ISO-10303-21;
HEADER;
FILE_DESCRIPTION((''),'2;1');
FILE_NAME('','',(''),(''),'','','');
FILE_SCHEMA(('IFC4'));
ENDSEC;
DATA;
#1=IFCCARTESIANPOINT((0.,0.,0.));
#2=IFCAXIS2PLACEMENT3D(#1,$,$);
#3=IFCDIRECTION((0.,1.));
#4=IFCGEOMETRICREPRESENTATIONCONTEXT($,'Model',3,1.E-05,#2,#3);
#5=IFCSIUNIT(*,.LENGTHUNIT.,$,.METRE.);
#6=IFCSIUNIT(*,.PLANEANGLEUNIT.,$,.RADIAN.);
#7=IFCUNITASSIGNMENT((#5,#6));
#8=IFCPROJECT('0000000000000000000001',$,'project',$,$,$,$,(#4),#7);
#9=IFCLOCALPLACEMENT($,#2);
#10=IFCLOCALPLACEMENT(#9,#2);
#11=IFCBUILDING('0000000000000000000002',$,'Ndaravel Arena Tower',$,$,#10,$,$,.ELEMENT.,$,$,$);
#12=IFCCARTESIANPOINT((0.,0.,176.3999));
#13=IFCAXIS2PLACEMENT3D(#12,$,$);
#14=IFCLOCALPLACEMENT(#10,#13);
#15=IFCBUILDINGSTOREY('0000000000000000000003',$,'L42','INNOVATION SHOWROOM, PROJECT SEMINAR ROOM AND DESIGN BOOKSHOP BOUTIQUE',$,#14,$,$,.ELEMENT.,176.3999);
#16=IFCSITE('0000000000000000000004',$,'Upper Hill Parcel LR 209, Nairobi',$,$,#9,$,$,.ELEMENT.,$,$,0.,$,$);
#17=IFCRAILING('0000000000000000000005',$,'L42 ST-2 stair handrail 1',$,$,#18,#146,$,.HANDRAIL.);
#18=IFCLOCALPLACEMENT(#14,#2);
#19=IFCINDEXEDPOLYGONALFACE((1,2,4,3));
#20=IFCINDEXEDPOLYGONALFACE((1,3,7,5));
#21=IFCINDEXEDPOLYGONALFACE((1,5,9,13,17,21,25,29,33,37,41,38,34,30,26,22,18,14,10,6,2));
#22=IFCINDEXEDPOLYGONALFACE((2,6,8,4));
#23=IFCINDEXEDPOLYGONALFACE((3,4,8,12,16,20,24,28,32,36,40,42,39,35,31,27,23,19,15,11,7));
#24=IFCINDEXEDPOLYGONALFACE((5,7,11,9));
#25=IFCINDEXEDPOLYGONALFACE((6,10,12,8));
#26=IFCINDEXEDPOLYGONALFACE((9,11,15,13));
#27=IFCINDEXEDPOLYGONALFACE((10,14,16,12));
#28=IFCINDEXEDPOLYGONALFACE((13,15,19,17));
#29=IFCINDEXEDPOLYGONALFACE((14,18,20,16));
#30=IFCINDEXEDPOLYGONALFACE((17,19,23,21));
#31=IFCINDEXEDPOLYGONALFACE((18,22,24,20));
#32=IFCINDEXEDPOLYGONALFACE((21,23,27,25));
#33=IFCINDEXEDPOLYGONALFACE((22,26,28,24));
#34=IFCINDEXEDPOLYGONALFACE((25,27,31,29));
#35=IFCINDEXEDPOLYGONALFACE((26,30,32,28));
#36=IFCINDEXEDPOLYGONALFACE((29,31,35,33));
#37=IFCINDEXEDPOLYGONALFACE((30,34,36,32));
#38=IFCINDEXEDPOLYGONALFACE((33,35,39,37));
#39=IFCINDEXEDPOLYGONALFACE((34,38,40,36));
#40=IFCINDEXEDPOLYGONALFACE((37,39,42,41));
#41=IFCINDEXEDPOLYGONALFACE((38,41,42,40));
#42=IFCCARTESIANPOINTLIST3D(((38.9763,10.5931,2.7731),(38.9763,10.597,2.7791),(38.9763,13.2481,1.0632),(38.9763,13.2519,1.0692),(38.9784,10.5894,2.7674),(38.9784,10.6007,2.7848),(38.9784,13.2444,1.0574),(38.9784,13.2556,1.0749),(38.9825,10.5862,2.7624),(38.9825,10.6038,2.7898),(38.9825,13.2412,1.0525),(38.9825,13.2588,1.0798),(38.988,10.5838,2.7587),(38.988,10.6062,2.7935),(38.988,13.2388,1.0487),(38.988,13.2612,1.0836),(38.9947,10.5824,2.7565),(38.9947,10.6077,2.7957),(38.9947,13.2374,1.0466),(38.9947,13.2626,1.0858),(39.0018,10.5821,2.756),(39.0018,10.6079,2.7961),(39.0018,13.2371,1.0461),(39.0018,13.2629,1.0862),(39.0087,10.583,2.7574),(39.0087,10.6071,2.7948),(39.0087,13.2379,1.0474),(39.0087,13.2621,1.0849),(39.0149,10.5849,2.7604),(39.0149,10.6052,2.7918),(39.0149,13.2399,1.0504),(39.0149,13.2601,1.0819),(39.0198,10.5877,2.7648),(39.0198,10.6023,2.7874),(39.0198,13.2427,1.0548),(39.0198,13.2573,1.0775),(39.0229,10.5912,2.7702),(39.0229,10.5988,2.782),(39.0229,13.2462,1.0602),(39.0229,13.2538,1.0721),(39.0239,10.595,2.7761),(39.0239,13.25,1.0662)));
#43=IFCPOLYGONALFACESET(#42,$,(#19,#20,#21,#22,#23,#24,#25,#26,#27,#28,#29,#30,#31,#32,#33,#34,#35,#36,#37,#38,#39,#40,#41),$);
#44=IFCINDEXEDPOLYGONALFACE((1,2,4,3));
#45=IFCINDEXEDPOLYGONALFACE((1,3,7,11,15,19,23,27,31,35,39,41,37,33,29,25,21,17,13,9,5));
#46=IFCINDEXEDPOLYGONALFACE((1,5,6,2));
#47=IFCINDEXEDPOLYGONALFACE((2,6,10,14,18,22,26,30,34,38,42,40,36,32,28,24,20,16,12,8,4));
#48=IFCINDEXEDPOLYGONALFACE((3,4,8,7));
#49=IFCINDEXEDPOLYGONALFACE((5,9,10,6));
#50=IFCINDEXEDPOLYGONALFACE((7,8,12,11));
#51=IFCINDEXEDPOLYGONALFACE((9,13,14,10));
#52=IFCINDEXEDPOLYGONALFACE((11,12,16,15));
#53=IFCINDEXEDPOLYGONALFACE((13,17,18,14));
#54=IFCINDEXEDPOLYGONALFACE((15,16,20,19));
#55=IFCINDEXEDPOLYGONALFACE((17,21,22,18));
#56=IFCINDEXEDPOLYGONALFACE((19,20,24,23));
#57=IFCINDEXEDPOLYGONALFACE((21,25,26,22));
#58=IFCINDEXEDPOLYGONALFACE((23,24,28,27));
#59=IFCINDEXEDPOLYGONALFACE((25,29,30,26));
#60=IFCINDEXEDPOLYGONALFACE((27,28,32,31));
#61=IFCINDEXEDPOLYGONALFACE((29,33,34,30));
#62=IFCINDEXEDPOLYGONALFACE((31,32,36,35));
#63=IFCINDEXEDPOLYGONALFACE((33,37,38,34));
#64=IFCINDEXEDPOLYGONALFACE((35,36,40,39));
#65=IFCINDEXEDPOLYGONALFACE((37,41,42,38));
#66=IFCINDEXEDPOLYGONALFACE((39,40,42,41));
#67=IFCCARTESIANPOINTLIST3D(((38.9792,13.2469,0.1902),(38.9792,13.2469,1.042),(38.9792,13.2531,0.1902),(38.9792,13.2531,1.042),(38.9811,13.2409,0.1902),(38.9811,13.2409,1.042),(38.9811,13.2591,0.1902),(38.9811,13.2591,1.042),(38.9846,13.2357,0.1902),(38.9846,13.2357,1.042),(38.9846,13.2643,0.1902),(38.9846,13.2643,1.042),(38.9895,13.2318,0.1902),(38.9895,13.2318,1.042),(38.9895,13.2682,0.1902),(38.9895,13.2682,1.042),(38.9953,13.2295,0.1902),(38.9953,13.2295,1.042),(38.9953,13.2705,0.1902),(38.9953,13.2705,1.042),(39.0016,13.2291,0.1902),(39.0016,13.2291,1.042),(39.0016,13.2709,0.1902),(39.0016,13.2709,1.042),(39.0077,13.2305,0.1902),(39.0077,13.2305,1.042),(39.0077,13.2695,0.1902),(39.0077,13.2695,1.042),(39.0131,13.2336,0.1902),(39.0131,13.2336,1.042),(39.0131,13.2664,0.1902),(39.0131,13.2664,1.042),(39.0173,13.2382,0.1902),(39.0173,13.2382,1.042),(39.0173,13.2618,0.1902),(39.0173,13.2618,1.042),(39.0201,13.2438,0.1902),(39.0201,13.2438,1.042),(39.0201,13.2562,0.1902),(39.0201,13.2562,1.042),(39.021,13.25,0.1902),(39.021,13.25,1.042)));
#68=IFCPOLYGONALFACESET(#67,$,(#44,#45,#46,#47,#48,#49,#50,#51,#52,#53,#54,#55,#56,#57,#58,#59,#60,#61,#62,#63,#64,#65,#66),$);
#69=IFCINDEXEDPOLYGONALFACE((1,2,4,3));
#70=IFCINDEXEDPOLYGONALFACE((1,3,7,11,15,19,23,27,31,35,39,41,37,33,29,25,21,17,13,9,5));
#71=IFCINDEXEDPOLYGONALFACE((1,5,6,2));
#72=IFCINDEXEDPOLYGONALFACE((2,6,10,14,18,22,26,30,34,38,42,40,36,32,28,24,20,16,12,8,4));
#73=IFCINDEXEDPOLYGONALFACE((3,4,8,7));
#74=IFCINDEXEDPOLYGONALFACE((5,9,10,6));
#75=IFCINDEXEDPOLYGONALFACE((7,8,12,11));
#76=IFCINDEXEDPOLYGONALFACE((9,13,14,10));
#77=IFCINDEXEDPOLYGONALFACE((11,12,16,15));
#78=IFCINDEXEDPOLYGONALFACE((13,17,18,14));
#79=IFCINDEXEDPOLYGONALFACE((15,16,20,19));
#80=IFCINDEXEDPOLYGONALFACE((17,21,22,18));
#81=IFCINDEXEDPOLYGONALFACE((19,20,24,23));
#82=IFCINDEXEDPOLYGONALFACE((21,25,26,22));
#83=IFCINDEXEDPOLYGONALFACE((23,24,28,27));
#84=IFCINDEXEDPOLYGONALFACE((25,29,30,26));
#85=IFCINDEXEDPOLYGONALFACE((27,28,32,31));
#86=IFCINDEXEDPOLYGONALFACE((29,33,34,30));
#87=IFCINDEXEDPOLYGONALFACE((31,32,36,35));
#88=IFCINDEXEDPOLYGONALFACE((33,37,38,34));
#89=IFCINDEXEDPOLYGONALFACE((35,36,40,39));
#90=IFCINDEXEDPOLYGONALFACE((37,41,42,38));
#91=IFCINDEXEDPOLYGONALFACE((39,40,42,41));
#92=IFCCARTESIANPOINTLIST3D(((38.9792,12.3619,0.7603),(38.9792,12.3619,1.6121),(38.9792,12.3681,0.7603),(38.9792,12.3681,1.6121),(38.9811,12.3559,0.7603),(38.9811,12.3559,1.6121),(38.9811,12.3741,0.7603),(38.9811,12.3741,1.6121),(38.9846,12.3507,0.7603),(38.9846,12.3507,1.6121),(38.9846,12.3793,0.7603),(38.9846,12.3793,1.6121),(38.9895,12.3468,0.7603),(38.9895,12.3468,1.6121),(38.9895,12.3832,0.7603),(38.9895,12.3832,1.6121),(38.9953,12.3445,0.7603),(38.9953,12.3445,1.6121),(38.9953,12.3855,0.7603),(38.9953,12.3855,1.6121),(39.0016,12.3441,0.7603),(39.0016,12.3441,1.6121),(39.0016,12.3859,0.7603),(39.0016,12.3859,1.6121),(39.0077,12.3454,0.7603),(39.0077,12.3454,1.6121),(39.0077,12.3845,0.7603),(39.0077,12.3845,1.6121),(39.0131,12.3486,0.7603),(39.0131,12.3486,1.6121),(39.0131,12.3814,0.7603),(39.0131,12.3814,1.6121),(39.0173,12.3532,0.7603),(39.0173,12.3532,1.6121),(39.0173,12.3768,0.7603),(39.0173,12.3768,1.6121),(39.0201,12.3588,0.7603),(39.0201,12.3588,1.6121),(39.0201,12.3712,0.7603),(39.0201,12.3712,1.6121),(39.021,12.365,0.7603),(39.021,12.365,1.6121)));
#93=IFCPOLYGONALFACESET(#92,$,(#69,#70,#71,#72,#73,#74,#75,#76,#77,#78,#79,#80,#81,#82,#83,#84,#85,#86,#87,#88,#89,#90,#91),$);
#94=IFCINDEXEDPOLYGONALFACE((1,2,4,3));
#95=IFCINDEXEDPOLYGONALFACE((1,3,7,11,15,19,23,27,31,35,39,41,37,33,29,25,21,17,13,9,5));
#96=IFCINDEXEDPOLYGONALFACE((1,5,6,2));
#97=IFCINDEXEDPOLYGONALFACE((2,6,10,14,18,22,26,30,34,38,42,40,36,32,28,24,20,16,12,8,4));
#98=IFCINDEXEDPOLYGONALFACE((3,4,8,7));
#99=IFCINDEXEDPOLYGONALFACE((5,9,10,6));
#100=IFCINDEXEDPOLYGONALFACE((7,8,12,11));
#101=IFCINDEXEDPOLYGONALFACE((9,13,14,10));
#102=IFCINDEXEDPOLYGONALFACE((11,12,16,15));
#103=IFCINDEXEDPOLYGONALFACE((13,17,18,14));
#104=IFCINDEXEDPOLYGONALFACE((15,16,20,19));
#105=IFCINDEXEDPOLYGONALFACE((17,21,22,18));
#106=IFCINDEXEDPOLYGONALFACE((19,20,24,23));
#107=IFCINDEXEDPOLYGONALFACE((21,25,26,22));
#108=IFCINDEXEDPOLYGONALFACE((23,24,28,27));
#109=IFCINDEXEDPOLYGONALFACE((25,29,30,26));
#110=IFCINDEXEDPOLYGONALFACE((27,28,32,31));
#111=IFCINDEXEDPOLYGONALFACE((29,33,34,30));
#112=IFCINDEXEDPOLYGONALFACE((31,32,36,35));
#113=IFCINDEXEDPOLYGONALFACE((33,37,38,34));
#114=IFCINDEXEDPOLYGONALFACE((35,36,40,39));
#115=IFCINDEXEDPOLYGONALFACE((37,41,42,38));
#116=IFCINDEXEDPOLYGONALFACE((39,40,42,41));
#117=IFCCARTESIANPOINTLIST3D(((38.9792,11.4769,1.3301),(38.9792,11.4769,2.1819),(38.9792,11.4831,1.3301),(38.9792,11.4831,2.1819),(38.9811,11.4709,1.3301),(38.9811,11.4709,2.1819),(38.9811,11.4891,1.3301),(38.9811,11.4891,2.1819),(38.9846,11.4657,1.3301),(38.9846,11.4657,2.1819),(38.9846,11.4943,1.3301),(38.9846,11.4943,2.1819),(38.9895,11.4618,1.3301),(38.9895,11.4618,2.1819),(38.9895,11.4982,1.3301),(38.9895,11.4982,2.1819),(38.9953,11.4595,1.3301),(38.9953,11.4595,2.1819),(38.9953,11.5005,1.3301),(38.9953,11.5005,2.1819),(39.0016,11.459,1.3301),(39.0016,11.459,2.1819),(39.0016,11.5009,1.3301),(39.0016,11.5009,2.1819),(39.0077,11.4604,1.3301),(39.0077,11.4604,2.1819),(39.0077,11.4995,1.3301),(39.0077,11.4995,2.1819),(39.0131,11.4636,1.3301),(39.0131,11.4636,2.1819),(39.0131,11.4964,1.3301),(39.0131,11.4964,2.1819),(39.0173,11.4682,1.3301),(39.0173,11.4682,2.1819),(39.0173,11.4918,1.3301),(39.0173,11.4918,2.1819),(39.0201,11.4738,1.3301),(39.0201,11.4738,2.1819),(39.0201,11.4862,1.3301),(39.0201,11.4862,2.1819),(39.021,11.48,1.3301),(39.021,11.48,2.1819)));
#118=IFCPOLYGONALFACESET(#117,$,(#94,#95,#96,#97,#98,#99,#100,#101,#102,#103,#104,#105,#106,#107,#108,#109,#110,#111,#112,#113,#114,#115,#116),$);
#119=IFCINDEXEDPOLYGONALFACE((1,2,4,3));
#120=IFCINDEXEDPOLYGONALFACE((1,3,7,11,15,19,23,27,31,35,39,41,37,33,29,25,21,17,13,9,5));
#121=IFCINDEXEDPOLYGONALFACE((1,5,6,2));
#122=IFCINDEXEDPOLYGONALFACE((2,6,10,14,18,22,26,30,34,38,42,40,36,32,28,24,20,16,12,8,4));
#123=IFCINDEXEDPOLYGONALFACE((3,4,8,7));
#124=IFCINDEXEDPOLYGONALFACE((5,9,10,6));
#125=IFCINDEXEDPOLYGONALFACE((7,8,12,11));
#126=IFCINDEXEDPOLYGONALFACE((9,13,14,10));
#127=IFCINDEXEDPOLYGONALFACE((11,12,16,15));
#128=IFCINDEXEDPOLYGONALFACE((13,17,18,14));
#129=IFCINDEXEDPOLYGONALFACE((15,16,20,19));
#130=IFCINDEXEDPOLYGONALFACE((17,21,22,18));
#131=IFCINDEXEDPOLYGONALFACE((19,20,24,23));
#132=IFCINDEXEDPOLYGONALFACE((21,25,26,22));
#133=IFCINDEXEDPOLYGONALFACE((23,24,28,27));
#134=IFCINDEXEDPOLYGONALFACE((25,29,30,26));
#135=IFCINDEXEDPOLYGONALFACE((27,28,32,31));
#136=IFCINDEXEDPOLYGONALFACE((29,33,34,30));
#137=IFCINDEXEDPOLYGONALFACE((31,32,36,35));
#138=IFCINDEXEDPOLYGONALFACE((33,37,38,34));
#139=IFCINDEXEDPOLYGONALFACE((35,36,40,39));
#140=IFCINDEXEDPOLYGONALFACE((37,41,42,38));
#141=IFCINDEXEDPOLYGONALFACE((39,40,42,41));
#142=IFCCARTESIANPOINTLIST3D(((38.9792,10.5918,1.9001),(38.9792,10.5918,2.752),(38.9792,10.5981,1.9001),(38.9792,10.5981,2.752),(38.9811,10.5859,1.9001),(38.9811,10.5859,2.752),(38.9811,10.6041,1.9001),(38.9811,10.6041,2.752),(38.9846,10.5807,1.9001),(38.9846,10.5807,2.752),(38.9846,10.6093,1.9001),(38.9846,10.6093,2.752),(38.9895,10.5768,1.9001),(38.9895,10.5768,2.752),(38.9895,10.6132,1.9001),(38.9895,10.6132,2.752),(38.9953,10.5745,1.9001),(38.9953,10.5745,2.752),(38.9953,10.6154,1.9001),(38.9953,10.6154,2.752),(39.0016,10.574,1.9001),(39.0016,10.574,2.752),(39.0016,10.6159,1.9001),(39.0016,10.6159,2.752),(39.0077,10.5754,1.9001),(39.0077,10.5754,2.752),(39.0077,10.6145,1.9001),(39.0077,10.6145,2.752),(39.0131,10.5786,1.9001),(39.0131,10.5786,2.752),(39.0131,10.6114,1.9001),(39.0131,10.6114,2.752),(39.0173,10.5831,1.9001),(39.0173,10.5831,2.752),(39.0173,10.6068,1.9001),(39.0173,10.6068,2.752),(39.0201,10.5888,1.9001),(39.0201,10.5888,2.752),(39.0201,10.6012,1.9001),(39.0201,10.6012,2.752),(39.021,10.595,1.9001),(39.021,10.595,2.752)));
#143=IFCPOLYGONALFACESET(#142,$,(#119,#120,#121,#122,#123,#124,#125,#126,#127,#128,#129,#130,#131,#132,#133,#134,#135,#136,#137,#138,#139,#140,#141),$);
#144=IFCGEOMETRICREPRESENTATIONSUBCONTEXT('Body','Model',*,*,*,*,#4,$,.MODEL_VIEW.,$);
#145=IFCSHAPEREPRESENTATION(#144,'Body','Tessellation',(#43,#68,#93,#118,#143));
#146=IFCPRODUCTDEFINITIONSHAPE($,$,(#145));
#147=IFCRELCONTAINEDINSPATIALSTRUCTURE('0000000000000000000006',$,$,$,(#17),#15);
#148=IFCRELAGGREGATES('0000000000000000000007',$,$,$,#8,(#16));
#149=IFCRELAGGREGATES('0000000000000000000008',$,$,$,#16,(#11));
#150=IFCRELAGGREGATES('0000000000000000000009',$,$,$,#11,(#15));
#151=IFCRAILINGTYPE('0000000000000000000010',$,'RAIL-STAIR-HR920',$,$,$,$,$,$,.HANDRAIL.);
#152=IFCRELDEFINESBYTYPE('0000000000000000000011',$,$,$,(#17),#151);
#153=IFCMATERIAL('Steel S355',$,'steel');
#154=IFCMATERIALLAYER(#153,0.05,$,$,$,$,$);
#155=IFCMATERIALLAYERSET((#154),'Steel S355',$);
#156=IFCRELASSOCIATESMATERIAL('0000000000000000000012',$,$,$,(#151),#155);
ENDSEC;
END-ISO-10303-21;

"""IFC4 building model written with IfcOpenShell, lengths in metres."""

from ifc_helpers import new_model, si_unit, direction, frame, origin, origin_2d, place, context, subcontext, project, spatial, circle, extrude, material, layer, layer_set, type_object, element, save


model = new_model("IFC4")

# Units and contexts
model_context = context("Model", 3, precision=1e-05, world=origin(), true_north=direction((0.0, 1.0)))
body_context = subcontext(model_context, "Body", "Model", "MODEL_VIEW")
ifc_project = project(units=[si_unit("LENGTHUNIT", "METRE"), si_unit("PLANEANGLEUNIT", "RADIAN")], contexts=[model_context])

# Site, building, storey
site_placement = place(None, origin())
site = spatial("IfcSite", under=ifc_project, at=site_placement, Name="Upper Hill Parcel LR 209, Nairobi", CompositionType="ELEMENT", RefElevation=0.0)
building_placement = place(site_placement, origin())
building = spatial("IfcBuilding", under=site, at=building_placement, Name="Ndaravel Arena Tower", CompositionType="ELEMENT")
storey_placement = place(building_placement, frame((0.0, 0.0, 176.3999)))
storey = spatial("IfcBuildingStorey", under=building, at=storey_placement, Name="L42", Description="INNOVATION SHOWROOM, PROJECT SEMINAR ROOM AND DESIGN BOOKSHOP BOUTIQUE", CompositionType="ELEMENT", Elevation=176.3999)

# Railing
ifc_material_1 = material(Name="Steel S355", Category="steel")
ifc_layer_1 = layer(ifc_material_1, 0.05)
ifc_layer_set_1 = layer_set([ifc_layer_1], Name="Steel S355")
railing_type_1 = type_object("IfcRailingType", Name="RAIL-STAIR-HR920", PredefinedType="HANDRAIL", material=ifc_layer_set_1)
railing_1_placement = place(storey_placement, frame((39.0, 13.25, 0.1902)))
element("IfcRailing", 1, at=railing_1_placement, inside=storey, type_object=railing_type_1, Name="L42 ST-2 stair handrail 1", PredefinedType="HANDRAIL", context=body_context, shape_type="SweptSolid", body=[
    extrude(circle(Radius=0.0239, at=origin_2d()), frame((0.0, 0.0, 0.876), z_axis=(0.0, -0.840724, 0.541465), x_axis=(1.0, 0.0, 0.0)), (0.0, 0.0, 1.0), 3.158),
    extrude(circle(Radius=0.021, at=origin_2d()), origin(), (0.0, 0.0, 1.0), 0.8518),
    extrude(circle(Radius=0.021, at=origin_2d()), frame((0.0, -0.885, 0.5701)), (0.0, 0.0, 1.0), 0.8518),
    extrude(circle(Radius=0.021, at=origin_2d()), frame((0.0, -1.77, 1.1399)), (0.0, 0.0, 1.0), 0.8518),
    extrude(circle(Radius=0.021, at=origin_2d()), frame((0.0, -2.655, 1.71)), (0.0, 0.0, 1.0), 0.8518),
])

save(model, "model.ifc")
